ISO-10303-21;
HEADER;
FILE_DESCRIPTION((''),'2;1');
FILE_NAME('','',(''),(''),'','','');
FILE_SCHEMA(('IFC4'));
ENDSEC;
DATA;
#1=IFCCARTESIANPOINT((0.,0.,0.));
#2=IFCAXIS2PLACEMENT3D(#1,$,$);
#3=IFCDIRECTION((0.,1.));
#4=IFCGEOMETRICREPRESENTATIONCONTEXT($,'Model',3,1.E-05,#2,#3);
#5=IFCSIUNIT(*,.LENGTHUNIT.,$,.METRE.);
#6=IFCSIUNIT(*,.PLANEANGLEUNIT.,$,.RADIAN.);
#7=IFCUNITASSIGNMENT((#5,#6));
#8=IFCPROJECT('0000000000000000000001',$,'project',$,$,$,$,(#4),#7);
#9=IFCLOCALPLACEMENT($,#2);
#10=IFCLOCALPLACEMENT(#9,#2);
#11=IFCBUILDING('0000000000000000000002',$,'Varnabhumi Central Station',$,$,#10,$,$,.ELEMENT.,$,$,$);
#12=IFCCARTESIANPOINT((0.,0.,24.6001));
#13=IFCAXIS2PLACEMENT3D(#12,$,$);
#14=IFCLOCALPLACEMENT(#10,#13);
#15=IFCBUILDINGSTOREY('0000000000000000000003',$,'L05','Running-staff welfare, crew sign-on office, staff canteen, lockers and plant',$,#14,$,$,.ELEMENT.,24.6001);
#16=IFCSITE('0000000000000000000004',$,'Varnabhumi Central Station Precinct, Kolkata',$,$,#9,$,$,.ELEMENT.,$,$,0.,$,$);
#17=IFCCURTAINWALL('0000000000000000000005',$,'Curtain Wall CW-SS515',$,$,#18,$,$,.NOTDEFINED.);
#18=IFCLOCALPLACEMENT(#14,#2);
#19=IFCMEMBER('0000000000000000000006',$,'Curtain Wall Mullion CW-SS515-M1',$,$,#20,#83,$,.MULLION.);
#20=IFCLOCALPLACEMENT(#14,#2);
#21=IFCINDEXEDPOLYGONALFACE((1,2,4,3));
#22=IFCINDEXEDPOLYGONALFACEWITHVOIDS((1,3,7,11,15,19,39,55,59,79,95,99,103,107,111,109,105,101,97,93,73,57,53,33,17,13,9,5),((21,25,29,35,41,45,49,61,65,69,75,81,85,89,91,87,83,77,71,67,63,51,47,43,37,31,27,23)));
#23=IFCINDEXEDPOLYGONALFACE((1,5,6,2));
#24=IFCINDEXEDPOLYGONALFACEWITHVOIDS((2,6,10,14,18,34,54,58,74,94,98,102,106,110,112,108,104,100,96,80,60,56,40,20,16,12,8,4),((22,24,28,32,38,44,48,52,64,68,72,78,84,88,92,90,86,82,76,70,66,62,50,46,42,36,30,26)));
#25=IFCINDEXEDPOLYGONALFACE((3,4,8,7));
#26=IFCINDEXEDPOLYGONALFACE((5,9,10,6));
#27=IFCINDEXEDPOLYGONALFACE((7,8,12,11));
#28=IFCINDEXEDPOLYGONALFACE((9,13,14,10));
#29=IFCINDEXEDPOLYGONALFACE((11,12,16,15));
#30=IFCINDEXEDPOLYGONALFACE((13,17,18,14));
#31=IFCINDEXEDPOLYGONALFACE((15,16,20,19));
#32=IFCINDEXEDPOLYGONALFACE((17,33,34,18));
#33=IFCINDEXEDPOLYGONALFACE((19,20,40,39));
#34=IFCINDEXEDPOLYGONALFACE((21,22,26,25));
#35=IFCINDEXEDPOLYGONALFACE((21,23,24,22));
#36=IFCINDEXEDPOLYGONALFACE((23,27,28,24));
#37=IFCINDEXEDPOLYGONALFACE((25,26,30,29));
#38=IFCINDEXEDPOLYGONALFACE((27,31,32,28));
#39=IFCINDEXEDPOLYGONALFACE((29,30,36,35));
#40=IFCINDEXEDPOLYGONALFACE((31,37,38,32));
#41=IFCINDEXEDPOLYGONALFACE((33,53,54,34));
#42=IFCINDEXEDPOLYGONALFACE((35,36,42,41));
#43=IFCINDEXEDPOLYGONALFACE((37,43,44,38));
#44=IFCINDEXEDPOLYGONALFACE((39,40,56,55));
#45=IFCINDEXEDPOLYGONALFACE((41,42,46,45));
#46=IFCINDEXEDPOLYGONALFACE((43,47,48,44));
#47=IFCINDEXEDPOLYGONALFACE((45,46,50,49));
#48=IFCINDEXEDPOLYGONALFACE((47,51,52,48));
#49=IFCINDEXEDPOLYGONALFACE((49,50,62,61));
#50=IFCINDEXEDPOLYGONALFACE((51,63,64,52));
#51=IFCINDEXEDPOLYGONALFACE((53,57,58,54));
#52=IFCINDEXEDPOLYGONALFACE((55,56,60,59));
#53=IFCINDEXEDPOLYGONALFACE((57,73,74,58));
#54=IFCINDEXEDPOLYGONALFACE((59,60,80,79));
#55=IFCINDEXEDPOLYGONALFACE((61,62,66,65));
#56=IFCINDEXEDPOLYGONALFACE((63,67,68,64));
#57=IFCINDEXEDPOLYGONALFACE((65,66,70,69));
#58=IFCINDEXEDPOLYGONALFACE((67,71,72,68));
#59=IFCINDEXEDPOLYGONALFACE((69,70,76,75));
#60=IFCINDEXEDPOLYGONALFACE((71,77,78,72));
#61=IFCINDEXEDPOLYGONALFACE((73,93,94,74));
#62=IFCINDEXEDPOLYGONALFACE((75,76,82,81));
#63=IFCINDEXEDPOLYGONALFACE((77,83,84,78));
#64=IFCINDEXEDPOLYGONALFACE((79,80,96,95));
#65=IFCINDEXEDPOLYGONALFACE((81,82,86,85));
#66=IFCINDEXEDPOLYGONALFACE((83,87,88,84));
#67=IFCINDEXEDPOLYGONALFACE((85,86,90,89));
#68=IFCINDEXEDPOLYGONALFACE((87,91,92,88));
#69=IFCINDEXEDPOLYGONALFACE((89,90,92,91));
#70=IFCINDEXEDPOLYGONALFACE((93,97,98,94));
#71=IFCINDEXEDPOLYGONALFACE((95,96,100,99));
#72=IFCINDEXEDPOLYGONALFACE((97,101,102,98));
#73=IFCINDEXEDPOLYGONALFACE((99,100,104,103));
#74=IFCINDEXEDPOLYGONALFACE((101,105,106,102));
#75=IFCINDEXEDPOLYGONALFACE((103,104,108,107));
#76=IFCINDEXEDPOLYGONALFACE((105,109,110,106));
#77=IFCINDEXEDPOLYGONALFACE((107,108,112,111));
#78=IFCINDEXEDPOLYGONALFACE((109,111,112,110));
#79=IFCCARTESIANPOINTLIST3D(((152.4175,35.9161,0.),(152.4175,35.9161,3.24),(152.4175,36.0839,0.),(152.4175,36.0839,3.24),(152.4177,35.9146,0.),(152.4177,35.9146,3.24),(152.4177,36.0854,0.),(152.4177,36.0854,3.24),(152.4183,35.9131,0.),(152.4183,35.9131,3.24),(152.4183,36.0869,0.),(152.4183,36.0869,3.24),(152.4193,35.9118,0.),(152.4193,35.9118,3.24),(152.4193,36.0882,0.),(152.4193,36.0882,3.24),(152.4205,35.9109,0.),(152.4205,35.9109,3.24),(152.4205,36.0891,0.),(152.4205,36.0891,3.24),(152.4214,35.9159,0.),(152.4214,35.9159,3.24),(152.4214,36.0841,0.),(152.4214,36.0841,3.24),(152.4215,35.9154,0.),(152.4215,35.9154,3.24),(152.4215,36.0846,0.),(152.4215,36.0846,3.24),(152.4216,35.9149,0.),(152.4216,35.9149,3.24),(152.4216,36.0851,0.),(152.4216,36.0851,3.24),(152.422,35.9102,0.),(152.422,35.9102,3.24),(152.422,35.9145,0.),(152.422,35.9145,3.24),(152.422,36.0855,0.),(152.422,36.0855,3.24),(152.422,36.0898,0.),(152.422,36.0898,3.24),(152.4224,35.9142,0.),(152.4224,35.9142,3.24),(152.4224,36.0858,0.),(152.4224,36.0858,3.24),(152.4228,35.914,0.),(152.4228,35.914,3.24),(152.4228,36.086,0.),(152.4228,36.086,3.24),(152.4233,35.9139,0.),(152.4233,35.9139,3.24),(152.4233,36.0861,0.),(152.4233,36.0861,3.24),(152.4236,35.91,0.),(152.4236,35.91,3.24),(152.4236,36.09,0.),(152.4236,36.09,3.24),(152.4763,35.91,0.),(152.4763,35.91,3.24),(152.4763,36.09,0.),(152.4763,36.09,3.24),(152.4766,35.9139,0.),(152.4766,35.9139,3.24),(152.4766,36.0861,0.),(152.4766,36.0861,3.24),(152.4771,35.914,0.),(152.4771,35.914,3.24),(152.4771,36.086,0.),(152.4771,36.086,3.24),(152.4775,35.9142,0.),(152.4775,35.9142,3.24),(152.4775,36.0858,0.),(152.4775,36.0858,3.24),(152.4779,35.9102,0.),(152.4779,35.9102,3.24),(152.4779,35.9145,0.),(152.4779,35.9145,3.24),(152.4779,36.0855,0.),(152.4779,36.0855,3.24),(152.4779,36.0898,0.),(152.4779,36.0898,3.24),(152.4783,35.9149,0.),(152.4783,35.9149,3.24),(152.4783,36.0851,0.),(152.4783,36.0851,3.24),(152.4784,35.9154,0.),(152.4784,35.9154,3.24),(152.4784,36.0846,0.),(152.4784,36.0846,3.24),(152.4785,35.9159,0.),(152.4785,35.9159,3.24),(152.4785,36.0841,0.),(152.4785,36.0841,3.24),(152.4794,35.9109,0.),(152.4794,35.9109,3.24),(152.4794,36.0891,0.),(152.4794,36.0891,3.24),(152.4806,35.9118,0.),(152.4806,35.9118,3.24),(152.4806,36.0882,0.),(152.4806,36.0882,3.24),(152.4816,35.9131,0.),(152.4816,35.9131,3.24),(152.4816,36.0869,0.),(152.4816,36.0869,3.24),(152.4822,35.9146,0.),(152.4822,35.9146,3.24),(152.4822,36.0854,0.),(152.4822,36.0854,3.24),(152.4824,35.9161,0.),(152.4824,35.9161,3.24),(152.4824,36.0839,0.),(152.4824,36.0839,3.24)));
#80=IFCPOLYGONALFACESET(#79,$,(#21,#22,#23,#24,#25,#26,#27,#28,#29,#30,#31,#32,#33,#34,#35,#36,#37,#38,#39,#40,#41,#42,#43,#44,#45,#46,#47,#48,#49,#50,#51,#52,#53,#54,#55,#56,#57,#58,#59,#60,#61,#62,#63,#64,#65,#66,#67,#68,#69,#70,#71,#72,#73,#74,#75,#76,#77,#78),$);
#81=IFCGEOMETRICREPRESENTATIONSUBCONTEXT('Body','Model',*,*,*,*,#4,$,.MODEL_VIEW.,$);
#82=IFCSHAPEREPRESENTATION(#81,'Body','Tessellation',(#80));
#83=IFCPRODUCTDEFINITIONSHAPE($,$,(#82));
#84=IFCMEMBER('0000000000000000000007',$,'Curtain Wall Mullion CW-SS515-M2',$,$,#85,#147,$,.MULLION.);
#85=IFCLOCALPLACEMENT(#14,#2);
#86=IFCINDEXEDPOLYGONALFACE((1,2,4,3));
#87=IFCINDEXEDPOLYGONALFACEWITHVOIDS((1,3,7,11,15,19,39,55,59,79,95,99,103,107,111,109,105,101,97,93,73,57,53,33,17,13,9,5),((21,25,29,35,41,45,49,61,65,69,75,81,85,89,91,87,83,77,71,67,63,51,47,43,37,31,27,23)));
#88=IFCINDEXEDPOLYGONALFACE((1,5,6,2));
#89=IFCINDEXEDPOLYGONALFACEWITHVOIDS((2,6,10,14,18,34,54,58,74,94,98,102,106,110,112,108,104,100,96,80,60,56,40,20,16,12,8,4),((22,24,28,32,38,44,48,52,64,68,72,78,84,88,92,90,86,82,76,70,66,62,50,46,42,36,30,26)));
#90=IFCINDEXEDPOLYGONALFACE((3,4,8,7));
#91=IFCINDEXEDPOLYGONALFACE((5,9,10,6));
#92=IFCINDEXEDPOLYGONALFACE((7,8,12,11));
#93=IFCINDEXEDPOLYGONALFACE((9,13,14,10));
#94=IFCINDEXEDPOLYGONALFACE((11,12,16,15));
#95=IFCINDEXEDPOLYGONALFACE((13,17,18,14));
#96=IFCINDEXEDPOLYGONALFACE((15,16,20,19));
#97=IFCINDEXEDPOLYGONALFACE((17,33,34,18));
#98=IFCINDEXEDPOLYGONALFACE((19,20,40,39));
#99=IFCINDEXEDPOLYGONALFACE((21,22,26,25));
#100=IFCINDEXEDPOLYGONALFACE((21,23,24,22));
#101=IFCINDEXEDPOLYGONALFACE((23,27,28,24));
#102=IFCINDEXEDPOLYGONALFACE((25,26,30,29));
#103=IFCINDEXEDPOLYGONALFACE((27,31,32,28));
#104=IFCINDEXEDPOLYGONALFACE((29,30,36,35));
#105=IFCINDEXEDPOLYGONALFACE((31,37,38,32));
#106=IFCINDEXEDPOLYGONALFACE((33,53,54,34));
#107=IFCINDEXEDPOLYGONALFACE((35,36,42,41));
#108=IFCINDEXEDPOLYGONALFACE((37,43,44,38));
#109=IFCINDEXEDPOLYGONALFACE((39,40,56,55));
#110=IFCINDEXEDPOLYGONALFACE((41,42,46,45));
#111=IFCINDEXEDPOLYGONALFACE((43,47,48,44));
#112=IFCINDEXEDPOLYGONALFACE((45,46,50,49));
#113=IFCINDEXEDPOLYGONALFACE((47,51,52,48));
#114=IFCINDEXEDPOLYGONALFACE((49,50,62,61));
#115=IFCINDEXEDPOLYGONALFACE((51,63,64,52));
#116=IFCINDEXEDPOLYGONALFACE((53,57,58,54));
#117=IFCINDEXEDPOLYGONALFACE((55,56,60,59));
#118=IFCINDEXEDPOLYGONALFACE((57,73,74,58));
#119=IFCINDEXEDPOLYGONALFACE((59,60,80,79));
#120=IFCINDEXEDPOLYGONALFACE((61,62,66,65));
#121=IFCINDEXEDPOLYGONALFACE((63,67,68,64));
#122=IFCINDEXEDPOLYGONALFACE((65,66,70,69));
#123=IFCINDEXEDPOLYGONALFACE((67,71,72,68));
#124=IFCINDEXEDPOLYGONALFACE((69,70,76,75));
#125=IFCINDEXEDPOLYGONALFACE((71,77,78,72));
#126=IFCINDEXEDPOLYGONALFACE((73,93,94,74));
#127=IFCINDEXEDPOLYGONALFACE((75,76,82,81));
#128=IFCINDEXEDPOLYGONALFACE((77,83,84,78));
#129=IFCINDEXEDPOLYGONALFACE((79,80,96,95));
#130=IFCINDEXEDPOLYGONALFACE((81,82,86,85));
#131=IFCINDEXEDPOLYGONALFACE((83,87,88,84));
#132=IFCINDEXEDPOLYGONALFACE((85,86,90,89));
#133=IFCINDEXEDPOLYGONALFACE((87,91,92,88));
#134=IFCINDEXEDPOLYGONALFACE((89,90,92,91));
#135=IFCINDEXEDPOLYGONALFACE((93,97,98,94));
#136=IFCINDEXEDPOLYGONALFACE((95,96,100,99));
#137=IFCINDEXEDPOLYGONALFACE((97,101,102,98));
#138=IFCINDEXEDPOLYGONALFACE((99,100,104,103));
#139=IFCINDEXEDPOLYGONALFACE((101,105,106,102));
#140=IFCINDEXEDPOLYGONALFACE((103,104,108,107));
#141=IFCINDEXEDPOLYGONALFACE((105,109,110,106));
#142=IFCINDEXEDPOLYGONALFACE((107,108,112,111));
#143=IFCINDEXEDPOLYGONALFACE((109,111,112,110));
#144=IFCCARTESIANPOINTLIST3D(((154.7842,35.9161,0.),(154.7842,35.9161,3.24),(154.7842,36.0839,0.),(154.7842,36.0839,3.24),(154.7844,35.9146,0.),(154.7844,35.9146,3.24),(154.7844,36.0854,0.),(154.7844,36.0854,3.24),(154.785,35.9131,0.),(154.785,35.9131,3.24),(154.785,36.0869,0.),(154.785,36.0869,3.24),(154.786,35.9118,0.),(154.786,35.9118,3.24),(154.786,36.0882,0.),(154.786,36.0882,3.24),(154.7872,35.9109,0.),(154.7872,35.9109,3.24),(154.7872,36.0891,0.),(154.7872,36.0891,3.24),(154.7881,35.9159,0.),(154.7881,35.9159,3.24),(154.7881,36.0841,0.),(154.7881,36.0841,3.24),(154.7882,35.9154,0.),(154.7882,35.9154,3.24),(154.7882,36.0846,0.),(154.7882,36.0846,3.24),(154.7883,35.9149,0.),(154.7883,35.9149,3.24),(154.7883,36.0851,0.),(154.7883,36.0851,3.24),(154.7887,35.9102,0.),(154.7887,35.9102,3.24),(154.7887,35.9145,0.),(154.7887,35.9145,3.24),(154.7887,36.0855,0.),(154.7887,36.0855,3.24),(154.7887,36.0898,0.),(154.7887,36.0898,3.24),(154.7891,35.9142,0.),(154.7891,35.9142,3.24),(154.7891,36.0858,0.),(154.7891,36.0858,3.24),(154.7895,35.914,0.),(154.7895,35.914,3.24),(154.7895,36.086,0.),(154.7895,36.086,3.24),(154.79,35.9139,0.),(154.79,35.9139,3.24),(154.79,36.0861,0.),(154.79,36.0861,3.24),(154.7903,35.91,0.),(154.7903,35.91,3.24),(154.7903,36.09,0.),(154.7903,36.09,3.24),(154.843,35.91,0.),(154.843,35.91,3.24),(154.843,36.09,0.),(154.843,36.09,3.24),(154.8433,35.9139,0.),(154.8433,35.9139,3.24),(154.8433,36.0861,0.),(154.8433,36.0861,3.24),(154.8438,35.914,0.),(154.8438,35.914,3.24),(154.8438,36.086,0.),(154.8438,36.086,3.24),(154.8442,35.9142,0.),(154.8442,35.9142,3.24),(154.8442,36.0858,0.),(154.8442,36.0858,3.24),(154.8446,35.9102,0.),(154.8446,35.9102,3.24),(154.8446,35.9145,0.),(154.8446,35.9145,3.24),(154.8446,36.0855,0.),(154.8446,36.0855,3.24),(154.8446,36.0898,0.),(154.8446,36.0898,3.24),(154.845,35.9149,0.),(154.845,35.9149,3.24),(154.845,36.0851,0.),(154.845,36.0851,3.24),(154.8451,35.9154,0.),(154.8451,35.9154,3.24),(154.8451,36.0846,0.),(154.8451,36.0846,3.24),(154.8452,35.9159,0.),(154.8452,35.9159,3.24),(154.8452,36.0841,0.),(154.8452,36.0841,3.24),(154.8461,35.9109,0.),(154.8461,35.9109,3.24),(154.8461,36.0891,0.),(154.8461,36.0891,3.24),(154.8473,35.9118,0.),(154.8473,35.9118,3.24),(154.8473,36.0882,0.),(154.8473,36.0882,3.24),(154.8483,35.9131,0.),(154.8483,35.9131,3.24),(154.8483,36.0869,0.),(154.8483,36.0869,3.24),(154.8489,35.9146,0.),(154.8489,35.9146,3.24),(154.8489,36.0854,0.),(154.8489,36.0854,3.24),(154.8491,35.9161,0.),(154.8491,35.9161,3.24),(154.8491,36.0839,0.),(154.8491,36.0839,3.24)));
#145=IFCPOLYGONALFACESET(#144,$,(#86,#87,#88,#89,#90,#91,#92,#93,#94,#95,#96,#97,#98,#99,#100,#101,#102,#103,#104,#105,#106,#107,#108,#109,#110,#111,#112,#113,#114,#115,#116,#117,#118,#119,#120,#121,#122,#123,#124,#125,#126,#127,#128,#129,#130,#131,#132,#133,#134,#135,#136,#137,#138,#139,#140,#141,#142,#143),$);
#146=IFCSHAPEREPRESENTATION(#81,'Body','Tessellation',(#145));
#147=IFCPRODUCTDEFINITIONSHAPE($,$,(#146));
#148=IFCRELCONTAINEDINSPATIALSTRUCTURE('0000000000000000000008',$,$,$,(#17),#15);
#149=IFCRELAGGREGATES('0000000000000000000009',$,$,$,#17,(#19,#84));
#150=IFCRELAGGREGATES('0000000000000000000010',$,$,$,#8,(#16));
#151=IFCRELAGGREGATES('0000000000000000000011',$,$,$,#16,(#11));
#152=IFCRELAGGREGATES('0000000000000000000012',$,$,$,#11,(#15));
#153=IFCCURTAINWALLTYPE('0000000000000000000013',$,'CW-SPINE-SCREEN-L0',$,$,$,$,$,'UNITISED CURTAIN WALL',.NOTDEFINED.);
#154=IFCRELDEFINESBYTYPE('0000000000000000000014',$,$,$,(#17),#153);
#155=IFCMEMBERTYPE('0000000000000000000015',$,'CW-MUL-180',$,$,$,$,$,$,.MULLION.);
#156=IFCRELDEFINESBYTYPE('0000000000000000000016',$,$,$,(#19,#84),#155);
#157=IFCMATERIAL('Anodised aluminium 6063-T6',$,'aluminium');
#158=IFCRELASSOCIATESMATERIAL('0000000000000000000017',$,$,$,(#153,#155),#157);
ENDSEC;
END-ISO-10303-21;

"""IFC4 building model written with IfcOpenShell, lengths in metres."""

from ifc_helpers import new_model, si_unit, direction, frame, origin, origin_2d, place, context, subcontext, project, spatial, hollow_rectangle, extrude, material, material_profile, profile_set, type_object, element, aggregate, save


model = new_model("IFC4")

# Units and contexts
model_context = context("Model", 3, precision=1e-05, world=origin(), true_north=direction((0.0, 1.0)))
body_context = subcontext(model_context, "Body", "Model", "MODEL_VIEW")
ifc_project = project(units=[si_unit("LENGTHUNIT", "METRE"), si_unit("PLANEANGLEUNIT", "RADIAN")], contexts=[model_context])

# Site, building, storey
site_placement = place(None, origin())
site = spatial("IfcSite", under=ifc_project, at=site_placement, Name="Varnabhumi Central Station Precinct, Kolkata", CompositionType="ELEMENT", RefElevation=0.0)
building_placement = place(site_placement, origin())
building = spatial("IfcBuilding", under=site, at=building_placement, Name="Varnabhumi Central Station", CompositionType="ELEMENT")
storey_placement = place(building_placement, frame((0.0, 0.0, 24.6001)))
storey = spatial("IfcBuildingStorey", under=building, at=storey_placement, Name="L05", Description="Running-staff welfare, crew sign-on office, staff canteen, lockers and plant", CompositionType="ELEMENT", Elevation=24.6001)

# Curtain wall, members
ifc_material_1 = material(Name="Anodised aluminium 6063-T6", Category="aluminium")
curtain_wall_type = type_object("IfcCurtainWallType", Name="CW-SPINE-SCREEN-L0", ElementType="UNITISED CURTAIN WALL", PredefinedType="NOTDEFINED", material=ifc_material_1)
curtain_wall_placement = place(storey_placement, origin())
curtain_wall = element("IfcCurtainWall", 1, at=curtain_wall_placement, inside=storey, type_object=curtain_wall_type, Name="Curtain Wall CW-SS515", PredefinedType="NOTDEFINED")
ifc_material_profile_1 = material_profile(ifc_material_1, hollow_rectangle(XDim=0.0649, YDim=0.1799, WallThickness=0.0039, InnerFilletRadius=0.002, OuterFilletRadius=0.0061, at=origin_2d()), Name="Anodised aluminium 6063-T6", Category="aluminium")
ifc_profile_set_1 = profile_set([ifc_material_profile_1], Name="Anodised aluminium 6063-T6")
member_type_1 = type_object("IfcMemberType", Name="CW-MUL-180", PredefinedType="MULLION", material=ifc_profile_set_1)
member_1_placement = place(storey_placement, frame((152.45, 36.0, 0.0), z_axis=(0.0, 0.0, 1.0), x_axis=(1.0, 0.0, 0.0)))
member_1 = element("IfcMember", 2, at=member_1_placement, type_object=member_type_1, Name="Curtain Wall Mullion CW-SS515-M1", PredefinedType="MULLION", context=body_context, shape_type="SweptSolid", body=[
    extrude(hollow_rectangle(XDim=0.0649, YDim=0.1799, WallThickness=0.0039, InnerFilletRadius=0.002, OuterFilletRadius=0.0061, at=origin_2d()), origin(), (0.0, 0.0, 1.0), 3.24),
])
member_2_placement = place(storey_placement, frame((154.8167, 36.0, 0.0), z_axis=(0.0, 0.0, 1.0), x_axis=(1.0, 0.0, 0.0)))
member_2 = element("IfcMember", 3, at=member_2_placement, type_object=member_type_1, Name="Curtain Wall Mullion CW-SS515-M2", PredefinedType="MULLION", context=body_context, shape_type="SweptSolid", body=[
    extrude(hollow_rectangle(XDim=0.0649, YDim=0.1799, WallThickness=0.0039, InnerFilletRadius=0.002, OuterFilletRadius=0.0061, at=origin_2d()), origin(), (0.0, 0.0, 1.0), 3.24),
])

aggregate(curtain_wall, [member_1, member_2])

save(model, "model.ifc")
